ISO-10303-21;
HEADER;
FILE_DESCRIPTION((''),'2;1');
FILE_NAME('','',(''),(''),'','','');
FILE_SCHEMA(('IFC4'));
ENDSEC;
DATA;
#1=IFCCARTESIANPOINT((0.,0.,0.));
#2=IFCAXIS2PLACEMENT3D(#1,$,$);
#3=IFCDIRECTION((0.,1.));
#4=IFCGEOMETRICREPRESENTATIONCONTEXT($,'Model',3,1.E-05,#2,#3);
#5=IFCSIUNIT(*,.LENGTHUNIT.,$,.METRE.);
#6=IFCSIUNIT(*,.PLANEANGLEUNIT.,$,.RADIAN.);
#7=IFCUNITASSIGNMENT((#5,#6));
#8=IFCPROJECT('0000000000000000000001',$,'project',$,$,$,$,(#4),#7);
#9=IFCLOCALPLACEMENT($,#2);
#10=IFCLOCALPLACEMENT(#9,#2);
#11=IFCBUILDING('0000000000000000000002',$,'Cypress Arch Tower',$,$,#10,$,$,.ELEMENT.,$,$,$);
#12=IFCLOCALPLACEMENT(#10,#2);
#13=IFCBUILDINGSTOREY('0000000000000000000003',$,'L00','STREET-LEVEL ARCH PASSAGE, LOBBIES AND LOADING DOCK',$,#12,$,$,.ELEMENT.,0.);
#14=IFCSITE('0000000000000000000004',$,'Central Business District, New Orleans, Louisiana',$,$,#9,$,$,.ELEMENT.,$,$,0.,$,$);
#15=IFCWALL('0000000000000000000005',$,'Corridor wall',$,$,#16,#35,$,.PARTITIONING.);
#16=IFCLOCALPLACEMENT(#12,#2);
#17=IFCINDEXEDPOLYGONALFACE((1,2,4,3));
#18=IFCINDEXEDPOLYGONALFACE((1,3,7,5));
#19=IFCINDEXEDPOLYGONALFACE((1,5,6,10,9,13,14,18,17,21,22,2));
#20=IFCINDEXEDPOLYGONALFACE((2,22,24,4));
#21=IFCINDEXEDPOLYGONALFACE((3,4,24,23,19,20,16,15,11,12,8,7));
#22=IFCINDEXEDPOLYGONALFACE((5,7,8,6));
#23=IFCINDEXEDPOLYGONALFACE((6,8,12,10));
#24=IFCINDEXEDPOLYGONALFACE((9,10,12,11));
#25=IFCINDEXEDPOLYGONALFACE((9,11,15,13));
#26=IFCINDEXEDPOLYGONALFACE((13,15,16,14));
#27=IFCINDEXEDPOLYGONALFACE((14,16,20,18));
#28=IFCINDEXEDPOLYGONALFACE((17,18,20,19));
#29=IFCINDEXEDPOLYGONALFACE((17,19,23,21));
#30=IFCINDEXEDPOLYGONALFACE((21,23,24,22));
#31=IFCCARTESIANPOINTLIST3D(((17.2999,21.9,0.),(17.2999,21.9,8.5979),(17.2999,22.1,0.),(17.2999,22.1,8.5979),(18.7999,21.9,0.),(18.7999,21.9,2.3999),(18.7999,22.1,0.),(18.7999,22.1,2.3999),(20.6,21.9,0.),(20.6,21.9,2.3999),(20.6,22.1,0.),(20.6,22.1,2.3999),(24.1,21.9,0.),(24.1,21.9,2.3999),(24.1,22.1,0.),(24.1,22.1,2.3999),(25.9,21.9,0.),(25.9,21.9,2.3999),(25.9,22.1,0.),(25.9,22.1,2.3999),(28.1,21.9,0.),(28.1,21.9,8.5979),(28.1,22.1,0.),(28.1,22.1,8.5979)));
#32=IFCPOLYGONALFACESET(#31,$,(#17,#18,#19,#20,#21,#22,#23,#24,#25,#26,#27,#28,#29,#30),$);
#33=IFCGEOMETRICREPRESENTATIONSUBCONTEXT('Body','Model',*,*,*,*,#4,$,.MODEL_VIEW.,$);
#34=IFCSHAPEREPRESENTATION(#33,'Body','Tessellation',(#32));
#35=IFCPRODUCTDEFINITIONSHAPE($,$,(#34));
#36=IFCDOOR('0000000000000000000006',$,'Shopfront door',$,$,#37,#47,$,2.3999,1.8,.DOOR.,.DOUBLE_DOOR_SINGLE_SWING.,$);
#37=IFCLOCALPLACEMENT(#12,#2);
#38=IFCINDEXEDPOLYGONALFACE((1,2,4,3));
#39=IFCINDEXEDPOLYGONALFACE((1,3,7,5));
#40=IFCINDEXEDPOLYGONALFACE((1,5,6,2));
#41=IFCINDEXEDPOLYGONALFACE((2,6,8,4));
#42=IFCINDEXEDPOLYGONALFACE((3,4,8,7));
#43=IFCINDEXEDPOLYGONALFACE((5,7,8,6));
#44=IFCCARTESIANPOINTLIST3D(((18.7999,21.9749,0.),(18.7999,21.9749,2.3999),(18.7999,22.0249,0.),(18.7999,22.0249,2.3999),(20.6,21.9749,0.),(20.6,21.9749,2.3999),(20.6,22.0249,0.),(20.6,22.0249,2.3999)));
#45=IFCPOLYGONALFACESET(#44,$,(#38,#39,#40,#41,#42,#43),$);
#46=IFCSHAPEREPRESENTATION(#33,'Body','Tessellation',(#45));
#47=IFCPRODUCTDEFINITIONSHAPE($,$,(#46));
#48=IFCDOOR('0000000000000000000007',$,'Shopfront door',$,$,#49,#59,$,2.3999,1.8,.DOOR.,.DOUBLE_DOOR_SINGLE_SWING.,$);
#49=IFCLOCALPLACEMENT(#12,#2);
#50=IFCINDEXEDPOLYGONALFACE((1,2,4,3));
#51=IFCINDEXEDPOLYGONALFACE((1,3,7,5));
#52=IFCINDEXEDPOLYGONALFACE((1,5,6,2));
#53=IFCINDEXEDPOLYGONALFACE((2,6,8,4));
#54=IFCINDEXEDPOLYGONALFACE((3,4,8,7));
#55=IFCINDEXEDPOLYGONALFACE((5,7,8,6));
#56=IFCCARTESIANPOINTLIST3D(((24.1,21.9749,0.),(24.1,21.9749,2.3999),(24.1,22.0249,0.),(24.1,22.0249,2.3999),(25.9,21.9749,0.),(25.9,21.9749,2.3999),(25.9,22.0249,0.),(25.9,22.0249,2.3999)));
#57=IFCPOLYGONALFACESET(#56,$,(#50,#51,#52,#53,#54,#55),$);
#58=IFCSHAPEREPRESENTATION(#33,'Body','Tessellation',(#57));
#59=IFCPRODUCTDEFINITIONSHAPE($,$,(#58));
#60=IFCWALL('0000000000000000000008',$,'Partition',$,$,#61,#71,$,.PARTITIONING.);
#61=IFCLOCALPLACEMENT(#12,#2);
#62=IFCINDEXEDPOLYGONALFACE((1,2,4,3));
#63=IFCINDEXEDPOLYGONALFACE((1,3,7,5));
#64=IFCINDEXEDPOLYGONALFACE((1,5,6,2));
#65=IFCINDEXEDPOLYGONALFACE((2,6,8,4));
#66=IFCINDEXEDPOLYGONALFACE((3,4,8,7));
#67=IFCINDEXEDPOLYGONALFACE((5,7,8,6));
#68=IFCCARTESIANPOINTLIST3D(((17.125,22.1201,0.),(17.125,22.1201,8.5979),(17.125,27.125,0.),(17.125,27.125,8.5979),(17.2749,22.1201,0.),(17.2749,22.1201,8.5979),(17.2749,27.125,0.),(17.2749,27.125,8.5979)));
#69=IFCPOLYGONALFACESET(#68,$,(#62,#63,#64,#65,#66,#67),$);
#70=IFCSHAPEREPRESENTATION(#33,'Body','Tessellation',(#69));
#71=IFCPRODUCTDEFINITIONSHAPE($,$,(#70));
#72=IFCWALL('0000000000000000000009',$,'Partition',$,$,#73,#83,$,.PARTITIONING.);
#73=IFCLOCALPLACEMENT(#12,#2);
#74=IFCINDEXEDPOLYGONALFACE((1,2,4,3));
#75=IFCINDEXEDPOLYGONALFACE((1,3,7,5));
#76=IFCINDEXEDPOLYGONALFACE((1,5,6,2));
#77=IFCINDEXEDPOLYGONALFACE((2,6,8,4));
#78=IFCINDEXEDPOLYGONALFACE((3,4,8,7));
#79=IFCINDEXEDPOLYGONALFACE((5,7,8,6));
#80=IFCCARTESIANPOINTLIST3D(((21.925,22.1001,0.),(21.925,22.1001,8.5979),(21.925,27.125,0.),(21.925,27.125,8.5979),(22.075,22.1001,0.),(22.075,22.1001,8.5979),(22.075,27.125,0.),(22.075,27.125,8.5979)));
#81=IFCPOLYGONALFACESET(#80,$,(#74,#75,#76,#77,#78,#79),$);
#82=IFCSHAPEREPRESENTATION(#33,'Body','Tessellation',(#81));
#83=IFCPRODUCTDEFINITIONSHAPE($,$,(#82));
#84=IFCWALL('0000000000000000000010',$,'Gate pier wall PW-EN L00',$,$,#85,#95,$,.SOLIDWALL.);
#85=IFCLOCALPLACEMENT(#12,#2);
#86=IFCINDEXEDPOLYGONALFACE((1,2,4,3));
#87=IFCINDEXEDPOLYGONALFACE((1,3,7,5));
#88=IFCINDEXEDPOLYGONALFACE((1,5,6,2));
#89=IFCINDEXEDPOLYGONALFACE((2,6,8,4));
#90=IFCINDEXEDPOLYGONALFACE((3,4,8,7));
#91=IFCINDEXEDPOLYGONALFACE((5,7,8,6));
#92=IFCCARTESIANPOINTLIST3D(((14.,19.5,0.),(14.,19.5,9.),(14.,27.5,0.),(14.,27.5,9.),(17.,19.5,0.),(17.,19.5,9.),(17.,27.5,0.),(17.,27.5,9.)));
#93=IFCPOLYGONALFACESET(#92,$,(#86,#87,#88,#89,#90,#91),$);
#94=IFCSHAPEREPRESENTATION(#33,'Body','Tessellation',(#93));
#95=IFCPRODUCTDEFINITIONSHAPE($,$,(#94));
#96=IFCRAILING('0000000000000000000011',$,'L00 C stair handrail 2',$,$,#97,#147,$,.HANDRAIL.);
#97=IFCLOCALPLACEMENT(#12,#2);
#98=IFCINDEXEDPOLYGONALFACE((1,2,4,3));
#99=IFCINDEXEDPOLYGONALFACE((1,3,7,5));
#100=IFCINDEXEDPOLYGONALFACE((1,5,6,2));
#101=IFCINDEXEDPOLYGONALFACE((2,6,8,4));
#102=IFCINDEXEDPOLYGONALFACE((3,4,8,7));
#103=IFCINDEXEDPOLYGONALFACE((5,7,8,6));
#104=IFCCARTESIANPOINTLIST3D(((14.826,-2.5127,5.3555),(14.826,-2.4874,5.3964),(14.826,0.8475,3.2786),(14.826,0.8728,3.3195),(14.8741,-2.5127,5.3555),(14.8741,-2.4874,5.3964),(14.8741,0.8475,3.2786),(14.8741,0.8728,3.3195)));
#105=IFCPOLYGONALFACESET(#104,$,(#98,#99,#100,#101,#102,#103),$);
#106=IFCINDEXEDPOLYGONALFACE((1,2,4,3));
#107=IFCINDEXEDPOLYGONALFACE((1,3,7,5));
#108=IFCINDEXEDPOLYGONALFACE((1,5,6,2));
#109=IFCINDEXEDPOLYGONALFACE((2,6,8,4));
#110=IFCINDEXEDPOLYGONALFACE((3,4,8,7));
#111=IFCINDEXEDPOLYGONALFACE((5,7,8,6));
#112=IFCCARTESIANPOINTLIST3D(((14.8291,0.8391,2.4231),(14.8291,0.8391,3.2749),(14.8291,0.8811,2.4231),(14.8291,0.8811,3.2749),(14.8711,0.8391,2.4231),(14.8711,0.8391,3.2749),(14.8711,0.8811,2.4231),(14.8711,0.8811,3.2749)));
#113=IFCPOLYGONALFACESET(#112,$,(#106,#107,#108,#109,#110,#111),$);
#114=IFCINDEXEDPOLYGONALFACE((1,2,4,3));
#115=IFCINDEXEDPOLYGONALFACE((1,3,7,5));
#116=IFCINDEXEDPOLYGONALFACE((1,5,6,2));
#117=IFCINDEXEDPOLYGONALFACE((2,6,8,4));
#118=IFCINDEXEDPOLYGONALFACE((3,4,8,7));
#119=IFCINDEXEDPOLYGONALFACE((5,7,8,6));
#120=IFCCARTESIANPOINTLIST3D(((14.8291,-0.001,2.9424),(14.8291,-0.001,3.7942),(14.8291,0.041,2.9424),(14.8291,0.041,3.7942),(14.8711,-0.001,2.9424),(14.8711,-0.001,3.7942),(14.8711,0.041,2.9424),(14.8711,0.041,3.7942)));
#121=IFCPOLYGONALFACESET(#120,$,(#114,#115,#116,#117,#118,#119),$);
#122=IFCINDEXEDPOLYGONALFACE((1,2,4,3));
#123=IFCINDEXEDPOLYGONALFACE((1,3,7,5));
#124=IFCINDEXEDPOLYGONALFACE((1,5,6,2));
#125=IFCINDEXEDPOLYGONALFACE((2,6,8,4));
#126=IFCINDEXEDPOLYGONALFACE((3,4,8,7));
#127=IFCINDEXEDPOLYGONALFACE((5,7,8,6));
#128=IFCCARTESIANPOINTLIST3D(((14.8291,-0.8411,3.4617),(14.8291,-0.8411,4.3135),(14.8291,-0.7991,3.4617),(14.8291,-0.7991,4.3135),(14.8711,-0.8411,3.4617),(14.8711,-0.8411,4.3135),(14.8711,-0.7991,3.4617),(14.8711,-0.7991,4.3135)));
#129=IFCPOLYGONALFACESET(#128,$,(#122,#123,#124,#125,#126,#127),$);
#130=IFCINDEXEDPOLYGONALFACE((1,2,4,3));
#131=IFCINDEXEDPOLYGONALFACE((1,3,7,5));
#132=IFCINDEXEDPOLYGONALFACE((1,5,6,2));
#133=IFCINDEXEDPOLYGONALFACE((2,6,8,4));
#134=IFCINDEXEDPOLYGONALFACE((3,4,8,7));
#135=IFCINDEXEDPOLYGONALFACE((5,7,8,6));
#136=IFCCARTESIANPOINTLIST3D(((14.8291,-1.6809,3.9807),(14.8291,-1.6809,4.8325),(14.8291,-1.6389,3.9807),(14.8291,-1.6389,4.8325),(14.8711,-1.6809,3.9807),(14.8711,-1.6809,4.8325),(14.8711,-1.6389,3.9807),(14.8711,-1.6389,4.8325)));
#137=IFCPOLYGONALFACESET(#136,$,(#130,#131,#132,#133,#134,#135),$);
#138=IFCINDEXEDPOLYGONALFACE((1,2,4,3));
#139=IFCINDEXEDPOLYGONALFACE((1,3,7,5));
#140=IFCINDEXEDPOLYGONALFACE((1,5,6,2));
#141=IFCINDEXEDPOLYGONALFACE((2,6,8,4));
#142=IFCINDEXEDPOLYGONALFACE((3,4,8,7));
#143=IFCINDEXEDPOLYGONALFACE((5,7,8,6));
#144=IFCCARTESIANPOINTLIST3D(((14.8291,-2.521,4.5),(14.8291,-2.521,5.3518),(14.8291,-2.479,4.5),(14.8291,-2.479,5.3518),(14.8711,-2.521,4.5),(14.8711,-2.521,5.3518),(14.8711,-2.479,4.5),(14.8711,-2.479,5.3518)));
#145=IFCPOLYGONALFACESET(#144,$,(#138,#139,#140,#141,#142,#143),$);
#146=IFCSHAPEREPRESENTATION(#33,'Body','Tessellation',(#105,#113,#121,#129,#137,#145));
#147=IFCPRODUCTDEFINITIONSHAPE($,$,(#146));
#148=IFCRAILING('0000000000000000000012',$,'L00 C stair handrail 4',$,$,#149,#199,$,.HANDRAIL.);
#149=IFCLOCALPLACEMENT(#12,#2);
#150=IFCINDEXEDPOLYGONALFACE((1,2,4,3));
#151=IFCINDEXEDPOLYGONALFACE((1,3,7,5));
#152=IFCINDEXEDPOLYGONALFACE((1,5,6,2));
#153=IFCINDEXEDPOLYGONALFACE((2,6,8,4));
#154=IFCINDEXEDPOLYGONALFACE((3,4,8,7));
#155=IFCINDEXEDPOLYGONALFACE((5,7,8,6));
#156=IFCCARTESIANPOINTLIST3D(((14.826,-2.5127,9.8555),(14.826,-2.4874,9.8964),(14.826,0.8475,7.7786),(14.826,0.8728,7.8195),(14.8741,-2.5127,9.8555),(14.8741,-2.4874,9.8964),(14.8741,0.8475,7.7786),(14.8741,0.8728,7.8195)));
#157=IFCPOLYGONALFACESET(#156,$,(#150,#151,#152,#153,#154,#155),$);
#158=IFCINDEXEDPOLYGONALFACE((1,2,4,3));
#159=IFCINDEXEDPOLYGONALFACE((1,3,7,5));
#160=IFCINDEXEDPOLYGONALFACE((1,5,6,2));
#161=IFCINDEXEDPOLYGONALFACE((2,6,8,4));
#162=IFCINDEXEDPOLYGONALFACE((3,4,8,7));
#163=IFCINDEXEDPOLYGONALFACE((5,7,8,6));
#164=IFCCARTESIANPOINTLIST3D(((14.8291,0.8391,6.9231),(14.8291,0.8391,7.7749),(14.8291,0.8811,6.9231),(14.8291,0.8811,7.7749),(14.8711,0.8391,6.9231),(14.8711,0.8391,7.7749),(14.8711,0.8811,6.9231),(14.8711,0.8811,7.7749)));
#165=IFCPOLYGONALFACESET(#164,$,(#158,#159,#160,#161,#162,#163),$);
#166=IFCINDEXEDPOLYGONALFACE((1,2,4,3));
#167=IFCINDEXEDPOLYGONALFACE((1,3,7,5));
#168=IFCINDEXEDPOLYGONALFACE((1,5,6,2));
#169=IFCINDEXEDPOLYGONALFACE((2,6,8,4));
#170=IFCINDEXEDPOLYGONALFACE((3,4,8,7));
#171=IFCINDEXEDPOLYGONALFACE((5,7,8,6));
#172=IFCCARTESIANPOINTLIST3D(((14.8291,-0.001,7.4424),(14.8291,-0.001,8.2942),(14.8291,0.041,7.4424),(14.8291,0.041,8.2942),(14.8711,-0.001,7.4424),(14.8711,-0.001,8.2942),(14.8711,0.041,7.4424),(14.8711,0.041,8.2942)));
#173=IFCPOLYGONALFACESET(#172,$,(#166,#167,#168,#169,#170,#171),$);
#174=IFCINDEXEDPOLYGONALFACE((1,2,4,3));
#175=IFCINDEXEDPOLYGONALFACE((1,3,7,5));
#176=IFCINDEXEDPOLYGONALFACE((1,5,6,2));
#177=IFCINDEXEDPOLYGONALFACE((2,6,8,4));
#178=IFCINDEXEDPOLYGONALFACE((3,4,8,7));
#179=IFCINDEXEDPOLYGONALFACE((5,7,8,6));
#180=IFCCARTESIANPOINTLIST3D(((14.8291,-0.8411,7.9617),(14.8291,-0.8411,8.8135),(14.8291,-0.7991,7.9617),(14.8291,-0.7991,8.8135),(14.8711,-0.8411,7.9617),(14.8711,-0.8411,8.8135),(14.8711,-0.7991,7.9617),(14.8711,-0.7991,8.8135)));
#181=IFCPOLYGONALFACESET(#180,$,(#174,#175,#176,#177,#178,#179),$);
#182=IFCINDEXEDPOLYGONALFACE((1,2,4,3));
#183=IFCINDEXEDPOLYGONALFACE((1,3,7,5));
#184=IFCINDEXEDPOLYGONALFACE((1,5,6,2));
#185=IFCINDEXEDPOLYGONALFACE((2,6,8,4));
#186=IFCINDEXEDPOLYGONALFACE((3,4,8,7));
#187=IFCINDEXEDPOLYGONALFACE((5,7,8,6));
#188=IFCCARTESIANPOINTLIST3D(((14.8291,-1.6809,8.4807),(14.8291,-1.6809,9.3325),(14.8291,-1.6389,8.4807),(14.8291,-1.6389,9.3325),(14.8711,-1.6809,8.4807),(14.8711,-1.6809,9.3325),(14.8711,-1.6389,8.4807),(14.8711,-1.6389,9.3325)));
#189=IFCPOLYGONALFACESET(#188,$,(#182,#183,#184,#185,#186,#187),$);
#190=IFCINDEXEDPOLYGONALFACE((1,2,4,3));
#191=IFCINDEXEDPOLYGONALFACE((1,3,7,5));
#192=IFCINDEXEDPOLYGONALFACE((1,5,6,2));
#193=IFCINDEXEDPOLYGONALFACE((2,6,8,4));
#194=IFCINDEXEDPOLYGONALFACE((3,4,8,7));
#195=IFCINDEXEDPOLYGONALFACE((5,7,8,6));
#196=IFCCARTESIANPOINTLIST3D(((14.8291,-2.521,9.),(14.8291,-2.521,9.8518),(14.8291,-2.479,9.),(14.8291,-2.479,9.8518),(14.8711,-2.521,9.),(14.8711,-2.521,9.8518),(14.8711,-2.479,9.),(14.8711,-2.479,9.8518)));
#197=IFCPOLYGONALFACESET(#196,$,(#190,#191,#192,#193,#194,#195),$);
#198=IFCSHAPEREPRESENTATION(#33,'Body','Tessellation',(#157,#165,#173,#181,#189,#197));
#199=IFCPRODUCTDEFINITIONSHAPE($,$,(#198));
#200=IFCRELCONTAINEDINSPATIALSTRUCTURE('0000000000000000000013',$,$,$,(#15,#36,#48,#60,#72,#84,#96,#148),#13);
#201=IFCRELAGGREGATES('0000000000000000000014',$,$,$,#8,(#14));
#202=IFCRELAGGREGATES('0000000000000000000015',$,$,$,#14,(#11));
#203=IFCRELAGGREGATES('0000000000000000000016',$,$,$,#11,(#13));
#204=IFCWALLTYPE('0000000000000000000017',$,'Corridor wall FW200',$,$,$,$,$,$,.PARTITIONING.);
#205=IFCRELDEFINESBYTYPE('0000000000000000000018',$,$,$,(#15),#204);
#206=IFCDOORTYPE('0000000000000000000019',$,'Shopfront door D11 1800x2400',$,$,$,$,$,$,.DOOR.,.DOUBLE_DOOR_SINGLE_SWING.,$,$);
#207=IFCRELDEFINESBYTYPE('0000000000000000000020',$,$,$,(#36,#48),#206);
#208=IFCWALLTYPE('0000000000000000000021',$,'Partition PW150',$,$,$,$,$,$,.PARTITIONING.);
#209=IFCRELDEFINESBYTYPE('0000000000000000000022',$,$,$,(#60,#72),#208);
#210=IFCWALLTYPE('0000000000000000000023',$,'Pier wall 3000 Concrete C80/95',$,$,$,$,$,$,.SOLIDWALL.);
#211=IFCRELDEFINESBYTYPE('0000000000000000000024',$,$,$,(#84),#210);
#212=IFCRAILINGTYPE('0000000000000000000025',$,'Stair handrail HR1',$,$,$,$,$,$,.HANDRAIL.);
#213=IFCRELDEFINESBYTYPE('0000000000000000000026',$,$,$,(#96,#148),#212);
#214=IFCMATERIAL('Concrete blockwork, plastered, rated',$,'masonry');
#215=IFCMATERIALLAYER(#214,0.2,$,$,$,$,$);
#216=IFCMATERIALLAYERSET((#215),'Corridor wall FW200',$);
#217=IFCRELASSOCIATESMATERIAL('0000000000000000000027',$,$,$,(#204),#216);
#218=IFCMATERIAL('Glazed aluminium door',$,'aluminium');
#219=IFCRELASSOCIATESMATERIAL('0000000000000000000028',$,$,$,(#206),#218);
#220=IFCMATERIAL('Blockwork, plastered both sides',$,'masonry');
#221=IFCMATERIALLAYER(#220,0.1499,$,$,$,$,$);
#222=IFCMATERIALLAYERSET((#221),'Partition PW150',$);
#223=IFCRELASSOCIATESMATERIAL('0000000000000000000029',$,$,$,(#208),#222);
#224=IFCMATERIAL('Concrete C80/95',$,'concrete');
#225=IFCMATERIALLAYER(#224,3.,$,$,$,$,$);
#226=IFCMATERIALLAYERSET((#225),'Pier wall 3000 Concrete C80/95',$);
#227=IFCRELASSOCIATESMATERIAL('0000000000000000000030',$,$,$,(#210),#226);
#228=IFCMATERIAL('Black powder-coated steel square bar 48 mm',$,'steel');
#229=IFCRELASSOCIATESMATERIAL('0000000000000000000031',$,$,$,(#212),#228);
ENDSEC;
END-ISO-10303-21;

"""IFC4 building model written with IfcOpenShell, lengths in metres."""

from ifc_helpers import new_model, si_unit, direction, frame, frame_2d, origin, origin_2d, place, context, subcontext, project, spatial, rectangle, extrude, material, layer, layer_set, type_object, element, fill, save


model = new_model("IFC4")

# Units and contexts
model_context = context("Model", 3, precision=1e-05, world=origin(), true_north=direction((0.0, 1.0)))
body_context = subcontext(model_context, "Body", "Model", "MODEL_VIEW")
ifc_project = project(units=[si_unit("LENGTHUNIT", "METRE"), si_unit("PLANEANGLEUNIT", "RADIAN")], contexts=[model_context])

# Site, building, storey
site_placement = place(None, origin())
site = spatial("IfcSite", under=ifc_project, at=site_placement, Name="Central Business District, New Orleans, Louisiana", CompositionType="ELEMENT", RefElevation=0.0)
building_placement = place(site_placement, origin())
building = spatial("IfcBuilding", under=site, at=building_placement, Name="Cypress Arch Tower", CompositionType="ELEMENT")
storey_placement = place(building_placement, origin())
storey = spatial("IfcBuildingStorey", under=building, at=storey_placement, Name="L00", Description="STREET-LEVEL ARCH PASSAGE, LOBBIES AND LOADING DOCK", CompositionType="ELEMENT", Elevation=0.0)

# Shared definitions
ifc_material_1 = material(Name="Concrete blockwork, plastered, rated", Category="masonry")
ifc_layer_1 = layer(ifc_material_1, 0.2)
ifc_layer_set_1 = layer_set([ifc_layer_1], Name="Corridor wall FW200")
wall_type_1 = type_object("IfcWallType", Name="Corridor wall FW200", PredefinedType="PARTITIONING", material=ifc_layer_set_1)

# Wall, openings, doors
wall_1_placement = place(storey_placement, frame((17.3, 22.0, 0.0), z_axis=(0.0, 0.0, 1.0), x_axis=(1.0, 0.0, 0.0)))
wall_1 = element("IfcWall", 1, at=wall_1_placement, inside=storey, type_object=wall_type_1, Name="Corridor wall", PredefinedType="PARTITIONING", context=body_context, shape_type="SweptSolid", body=[
    extrude(rectangle(XDim=10.8, YDim=0.2, at=frame_2d((5.3999, 0.0))), origin(), (0.0, 0.0, 1.0), 8.5979),
])
opening_1_placement = place(wall_1_placement, frame((1.5, 0.0, 0.0)))
opening_1 = element("IfcOpeningElement", 2, at=opening_1_placement, cuts=wall_1, PredefinedType="OPENING", context=body_context, shape_type="SweptSolid", body=[
    extrude(rectangle(XDim=1.8, YDim=2.3999, at=frame_2d((0.8999, 1.2))), frame((0.0, 0.1099, 0.0), z_axis=(0.0, -1.0, 0.0), x_axis=(1.0, 0.0, 0.0)), (0.0, 0.0, 1.0), 0.22),
])
opening_2_placement = place(wall_1_placement, frame((6.8, 0.0, 0.0)))
opening_2 = element("IfcOpeningElement", 3, at=opening_2_placement, cuts=wall_1, PredefinedType="OPENING", context=body_context, shape_type="SweptSolid", body=[
    extrude(rectangle(XDim=1.8, YDim=2.3999, at=frame_2d((0.8999, 1.2))), frame((0.0, 0.1099, 0.0), z_axis=(0.0, -1.0, 0.0), x_axis=(1.0, 0.0, 0.0)), (0.0, 0.0, 1.0), 0.22),
])
ifc_material_2 = material(Name="Glazed aluminium door", Category="aluminium")
door_type = type_object("IfcDoorType", Name="Shopfront door D11 1800x2400", OperationType="DOUBLE_DOOR_SINGLE_SWING", PredefinedType="DOOR", material=ifc_material_2)
door_1_placement = place(opening_1_placement, origin())
door_1 = element("IfcDoor", 4, at=door_1_placement, inside=storey, type_object=door_type, Name="Shopfront door", OperationType="DOUBLE_DOOR_SINGLE_SWING", OverallHeight=2.3999, OverallWidth=1.8, PredefinedType="DOOR", context=body_context, shape_type="SweptSolid", body=[
    extrude(rectangle(XDim=1.8, YDim=2.3999, at=frame_2d((0.8999, 1.2))), frame((0.0, 0.0249, 0.0), z_axis=(0.0, -1.0, 0.0), x_axis=(1.0, 0.0, 0.0)), (0.0, 0.0, 1.0), 0.05),
])
fill(opening_1, door_1)
door_2_placement = place(opening_2_placement, origin())
door_2 = element("IfcDoor", 5, at=door_2_placement, inside=storey, type_object=door_type, Name="Shopfront door", OperationType="DOUBLE_DOOR_SINGLE_SWING", OverallHeight=2.3999, OverallWidth=1.8, PredefinedType="DOOR", context=body_context, shape_type="SweptSolid", body=[
    extrude(rectangle(XDim=1.8, YDim=2.3999, at=frame_2d((0.8999, 1.2))), frame((0.0, 0.0249, 0.0), z_axis=(0.0, -1.0, 0.0), x_axis=(1.0, 0.0, 0.0)), (0.0, 0.0, 1.0), 0.05),
])
fill(opening_2, door_2)

# Walls
ifc_material_3 = material(Name="Blockwork, plastered both sides", Category="masonry")
ifc_layer_2 = layer(ifc_material_3, 0.1499)
ifc_layer_set_2 = layer_set([ifc_layer_2], Name="Partition PW150")
wall_type_2 = type_object("IfcWallType", Name="Partition PW150", PredefinedType="PARTITIONING", material=ifc_layer_set_2)
wall_2_placement = place(storey_placement, frame((17.2, 22.1201, 0.0), z_axis=(0.0, 0.0, 1.0), x_axis=(0.0, 1.0, 0.0)))
element("IfcWall", 6, at=wall_2_placement, inside=storey, type_object=wall_type_2, Name="Partition", PredefinedType="PARTITIONING", context=body_context, shape_type="SweptSolid", body=[
    extrude(rectangle(XDim=5.0049, YDim=0.1499, at=frame_2d((2.5024, 0.0))), origin(), (0.0, 0.0, 1.0), 8.5979),
])
wall_3_placement = place(storey_placement, frame((22.0, 22.1001, 0.0), z_axis=(0.0, 0.0, 1.0), x_axis=(0.0, 1.0, 0.0)))
element("IfcWall", 7, at=wall_3_placement, inside=storey, type_object=wall_type_2, Name="Partition", PredefinedType="PARTITIONING", context=body_context, shape_type="SweptSolid", body=[
    extrude(rectangle(XDim=5.0249, YDim=0.1499, at=frame_2d((2.5125, 0.0))), origin(), (0.0, 0.0, 1.0), 8.5979),
])
ifc_material_4 = material(Name="Concrete C80/95", Category="concrete")
ifc_layer_3 = layer(ifc_material_4, 3.0)
ifc_layer_set_3 = layer_set([ifc_layer_3], Name="Pier wall 3000 Concrete C80/95")
wall_type_3 = type_object("IfcWallType", Name="Pier wall 3000 Concrete C80/95", PredefinedType="SOLIDWALL", material=ifc_layer_set_3)
wall_4_placement = place(storey_placement, frame((15.5, 19.5, 0.0), z_axis=(0.0, 0.0, 1.0), x_axis=(0.0, 1.0, 0.0)))
element("IfcWall", 8, at=wall_4_placement, inside=storey, type_object=wall_type_3, Name="Gate pier wall PW-EN L00", PredefinedType="SOLIDWALL", context=body_context, shape_type="SweptSolid", body=[
    extrude(rectangle(XDim=8.0, YDim=3.0, at=frame_2d((4.0, 0.0))), origin(), (0.0, 0.0, 1.0), 9.0),
])

# Railings
ifc_material_5 = material(Name="Black powder-coated steel square bar 48 mm", Category="steel")
railing_type_1 = type_object("IfcRailingType", Name="Stair handrail HR1", PredefinedType="HANDRAIL", material=ifc_material_5)
for number, where, name in (
    (9, (14.8501, 0.8601, 2.4231), "L00 C stair handrail 2"),
    (10, (14.8501, 0.8601, 6.9231), "L00 C stair handrail 4"),
):
    element("IfcRailing", number, at=place(storey_placement, frame(where)), inside=storey, type_object=railing_type_1, Name=name, PredefinedType="HANDRAIL", context=body_context, shape_type="SweptSolid", body=[
        extrude(rectangle(XDim=0.0481, YDim=0.0481, at=origin_2d()), frame((0.0, 0.0, 0.876), z_axis=(0.0, -0.850623, 0.525776), x_axis=(1.0, 0.0, 0.0)), (0.0, 0.0, 1.0), 3.9502),
        extrude(rectangle(XDim=0.042, YDim=0.042, at=origin_2d()), origin(), (0.0, 0.0, 1.0), 0.8518),
        extrude(rectangle(XDim=0.042, YDim=0.042, at=origin_2d()), frame((0.0, -0.8401, 0.5193)), (0.0, 0.0, 1.0), 0.8518),
        extrude(rectangle(XDim=0.042, YDim=0.042, at=origin_2d()), frame((0.0, -1.6802, 1.0386)), (0.0, 0.0, 1.0), 0.8518),
        extrude(rectangle(XDim=0.042, YDim=0.042, at=origin_2d()), frame((0.0, -2.52, 1.5576)), (0.0, 0.0, 1.0), 0.8518),
        extrude(rectangle(XDim=0.042, YDim=0.042, at=origin_2d()), frame((0.0, -3.3601, 2.0769)), (0.0, 0.0, 1.0), 0.8518),
    ])

save(model, "model.ifc")
